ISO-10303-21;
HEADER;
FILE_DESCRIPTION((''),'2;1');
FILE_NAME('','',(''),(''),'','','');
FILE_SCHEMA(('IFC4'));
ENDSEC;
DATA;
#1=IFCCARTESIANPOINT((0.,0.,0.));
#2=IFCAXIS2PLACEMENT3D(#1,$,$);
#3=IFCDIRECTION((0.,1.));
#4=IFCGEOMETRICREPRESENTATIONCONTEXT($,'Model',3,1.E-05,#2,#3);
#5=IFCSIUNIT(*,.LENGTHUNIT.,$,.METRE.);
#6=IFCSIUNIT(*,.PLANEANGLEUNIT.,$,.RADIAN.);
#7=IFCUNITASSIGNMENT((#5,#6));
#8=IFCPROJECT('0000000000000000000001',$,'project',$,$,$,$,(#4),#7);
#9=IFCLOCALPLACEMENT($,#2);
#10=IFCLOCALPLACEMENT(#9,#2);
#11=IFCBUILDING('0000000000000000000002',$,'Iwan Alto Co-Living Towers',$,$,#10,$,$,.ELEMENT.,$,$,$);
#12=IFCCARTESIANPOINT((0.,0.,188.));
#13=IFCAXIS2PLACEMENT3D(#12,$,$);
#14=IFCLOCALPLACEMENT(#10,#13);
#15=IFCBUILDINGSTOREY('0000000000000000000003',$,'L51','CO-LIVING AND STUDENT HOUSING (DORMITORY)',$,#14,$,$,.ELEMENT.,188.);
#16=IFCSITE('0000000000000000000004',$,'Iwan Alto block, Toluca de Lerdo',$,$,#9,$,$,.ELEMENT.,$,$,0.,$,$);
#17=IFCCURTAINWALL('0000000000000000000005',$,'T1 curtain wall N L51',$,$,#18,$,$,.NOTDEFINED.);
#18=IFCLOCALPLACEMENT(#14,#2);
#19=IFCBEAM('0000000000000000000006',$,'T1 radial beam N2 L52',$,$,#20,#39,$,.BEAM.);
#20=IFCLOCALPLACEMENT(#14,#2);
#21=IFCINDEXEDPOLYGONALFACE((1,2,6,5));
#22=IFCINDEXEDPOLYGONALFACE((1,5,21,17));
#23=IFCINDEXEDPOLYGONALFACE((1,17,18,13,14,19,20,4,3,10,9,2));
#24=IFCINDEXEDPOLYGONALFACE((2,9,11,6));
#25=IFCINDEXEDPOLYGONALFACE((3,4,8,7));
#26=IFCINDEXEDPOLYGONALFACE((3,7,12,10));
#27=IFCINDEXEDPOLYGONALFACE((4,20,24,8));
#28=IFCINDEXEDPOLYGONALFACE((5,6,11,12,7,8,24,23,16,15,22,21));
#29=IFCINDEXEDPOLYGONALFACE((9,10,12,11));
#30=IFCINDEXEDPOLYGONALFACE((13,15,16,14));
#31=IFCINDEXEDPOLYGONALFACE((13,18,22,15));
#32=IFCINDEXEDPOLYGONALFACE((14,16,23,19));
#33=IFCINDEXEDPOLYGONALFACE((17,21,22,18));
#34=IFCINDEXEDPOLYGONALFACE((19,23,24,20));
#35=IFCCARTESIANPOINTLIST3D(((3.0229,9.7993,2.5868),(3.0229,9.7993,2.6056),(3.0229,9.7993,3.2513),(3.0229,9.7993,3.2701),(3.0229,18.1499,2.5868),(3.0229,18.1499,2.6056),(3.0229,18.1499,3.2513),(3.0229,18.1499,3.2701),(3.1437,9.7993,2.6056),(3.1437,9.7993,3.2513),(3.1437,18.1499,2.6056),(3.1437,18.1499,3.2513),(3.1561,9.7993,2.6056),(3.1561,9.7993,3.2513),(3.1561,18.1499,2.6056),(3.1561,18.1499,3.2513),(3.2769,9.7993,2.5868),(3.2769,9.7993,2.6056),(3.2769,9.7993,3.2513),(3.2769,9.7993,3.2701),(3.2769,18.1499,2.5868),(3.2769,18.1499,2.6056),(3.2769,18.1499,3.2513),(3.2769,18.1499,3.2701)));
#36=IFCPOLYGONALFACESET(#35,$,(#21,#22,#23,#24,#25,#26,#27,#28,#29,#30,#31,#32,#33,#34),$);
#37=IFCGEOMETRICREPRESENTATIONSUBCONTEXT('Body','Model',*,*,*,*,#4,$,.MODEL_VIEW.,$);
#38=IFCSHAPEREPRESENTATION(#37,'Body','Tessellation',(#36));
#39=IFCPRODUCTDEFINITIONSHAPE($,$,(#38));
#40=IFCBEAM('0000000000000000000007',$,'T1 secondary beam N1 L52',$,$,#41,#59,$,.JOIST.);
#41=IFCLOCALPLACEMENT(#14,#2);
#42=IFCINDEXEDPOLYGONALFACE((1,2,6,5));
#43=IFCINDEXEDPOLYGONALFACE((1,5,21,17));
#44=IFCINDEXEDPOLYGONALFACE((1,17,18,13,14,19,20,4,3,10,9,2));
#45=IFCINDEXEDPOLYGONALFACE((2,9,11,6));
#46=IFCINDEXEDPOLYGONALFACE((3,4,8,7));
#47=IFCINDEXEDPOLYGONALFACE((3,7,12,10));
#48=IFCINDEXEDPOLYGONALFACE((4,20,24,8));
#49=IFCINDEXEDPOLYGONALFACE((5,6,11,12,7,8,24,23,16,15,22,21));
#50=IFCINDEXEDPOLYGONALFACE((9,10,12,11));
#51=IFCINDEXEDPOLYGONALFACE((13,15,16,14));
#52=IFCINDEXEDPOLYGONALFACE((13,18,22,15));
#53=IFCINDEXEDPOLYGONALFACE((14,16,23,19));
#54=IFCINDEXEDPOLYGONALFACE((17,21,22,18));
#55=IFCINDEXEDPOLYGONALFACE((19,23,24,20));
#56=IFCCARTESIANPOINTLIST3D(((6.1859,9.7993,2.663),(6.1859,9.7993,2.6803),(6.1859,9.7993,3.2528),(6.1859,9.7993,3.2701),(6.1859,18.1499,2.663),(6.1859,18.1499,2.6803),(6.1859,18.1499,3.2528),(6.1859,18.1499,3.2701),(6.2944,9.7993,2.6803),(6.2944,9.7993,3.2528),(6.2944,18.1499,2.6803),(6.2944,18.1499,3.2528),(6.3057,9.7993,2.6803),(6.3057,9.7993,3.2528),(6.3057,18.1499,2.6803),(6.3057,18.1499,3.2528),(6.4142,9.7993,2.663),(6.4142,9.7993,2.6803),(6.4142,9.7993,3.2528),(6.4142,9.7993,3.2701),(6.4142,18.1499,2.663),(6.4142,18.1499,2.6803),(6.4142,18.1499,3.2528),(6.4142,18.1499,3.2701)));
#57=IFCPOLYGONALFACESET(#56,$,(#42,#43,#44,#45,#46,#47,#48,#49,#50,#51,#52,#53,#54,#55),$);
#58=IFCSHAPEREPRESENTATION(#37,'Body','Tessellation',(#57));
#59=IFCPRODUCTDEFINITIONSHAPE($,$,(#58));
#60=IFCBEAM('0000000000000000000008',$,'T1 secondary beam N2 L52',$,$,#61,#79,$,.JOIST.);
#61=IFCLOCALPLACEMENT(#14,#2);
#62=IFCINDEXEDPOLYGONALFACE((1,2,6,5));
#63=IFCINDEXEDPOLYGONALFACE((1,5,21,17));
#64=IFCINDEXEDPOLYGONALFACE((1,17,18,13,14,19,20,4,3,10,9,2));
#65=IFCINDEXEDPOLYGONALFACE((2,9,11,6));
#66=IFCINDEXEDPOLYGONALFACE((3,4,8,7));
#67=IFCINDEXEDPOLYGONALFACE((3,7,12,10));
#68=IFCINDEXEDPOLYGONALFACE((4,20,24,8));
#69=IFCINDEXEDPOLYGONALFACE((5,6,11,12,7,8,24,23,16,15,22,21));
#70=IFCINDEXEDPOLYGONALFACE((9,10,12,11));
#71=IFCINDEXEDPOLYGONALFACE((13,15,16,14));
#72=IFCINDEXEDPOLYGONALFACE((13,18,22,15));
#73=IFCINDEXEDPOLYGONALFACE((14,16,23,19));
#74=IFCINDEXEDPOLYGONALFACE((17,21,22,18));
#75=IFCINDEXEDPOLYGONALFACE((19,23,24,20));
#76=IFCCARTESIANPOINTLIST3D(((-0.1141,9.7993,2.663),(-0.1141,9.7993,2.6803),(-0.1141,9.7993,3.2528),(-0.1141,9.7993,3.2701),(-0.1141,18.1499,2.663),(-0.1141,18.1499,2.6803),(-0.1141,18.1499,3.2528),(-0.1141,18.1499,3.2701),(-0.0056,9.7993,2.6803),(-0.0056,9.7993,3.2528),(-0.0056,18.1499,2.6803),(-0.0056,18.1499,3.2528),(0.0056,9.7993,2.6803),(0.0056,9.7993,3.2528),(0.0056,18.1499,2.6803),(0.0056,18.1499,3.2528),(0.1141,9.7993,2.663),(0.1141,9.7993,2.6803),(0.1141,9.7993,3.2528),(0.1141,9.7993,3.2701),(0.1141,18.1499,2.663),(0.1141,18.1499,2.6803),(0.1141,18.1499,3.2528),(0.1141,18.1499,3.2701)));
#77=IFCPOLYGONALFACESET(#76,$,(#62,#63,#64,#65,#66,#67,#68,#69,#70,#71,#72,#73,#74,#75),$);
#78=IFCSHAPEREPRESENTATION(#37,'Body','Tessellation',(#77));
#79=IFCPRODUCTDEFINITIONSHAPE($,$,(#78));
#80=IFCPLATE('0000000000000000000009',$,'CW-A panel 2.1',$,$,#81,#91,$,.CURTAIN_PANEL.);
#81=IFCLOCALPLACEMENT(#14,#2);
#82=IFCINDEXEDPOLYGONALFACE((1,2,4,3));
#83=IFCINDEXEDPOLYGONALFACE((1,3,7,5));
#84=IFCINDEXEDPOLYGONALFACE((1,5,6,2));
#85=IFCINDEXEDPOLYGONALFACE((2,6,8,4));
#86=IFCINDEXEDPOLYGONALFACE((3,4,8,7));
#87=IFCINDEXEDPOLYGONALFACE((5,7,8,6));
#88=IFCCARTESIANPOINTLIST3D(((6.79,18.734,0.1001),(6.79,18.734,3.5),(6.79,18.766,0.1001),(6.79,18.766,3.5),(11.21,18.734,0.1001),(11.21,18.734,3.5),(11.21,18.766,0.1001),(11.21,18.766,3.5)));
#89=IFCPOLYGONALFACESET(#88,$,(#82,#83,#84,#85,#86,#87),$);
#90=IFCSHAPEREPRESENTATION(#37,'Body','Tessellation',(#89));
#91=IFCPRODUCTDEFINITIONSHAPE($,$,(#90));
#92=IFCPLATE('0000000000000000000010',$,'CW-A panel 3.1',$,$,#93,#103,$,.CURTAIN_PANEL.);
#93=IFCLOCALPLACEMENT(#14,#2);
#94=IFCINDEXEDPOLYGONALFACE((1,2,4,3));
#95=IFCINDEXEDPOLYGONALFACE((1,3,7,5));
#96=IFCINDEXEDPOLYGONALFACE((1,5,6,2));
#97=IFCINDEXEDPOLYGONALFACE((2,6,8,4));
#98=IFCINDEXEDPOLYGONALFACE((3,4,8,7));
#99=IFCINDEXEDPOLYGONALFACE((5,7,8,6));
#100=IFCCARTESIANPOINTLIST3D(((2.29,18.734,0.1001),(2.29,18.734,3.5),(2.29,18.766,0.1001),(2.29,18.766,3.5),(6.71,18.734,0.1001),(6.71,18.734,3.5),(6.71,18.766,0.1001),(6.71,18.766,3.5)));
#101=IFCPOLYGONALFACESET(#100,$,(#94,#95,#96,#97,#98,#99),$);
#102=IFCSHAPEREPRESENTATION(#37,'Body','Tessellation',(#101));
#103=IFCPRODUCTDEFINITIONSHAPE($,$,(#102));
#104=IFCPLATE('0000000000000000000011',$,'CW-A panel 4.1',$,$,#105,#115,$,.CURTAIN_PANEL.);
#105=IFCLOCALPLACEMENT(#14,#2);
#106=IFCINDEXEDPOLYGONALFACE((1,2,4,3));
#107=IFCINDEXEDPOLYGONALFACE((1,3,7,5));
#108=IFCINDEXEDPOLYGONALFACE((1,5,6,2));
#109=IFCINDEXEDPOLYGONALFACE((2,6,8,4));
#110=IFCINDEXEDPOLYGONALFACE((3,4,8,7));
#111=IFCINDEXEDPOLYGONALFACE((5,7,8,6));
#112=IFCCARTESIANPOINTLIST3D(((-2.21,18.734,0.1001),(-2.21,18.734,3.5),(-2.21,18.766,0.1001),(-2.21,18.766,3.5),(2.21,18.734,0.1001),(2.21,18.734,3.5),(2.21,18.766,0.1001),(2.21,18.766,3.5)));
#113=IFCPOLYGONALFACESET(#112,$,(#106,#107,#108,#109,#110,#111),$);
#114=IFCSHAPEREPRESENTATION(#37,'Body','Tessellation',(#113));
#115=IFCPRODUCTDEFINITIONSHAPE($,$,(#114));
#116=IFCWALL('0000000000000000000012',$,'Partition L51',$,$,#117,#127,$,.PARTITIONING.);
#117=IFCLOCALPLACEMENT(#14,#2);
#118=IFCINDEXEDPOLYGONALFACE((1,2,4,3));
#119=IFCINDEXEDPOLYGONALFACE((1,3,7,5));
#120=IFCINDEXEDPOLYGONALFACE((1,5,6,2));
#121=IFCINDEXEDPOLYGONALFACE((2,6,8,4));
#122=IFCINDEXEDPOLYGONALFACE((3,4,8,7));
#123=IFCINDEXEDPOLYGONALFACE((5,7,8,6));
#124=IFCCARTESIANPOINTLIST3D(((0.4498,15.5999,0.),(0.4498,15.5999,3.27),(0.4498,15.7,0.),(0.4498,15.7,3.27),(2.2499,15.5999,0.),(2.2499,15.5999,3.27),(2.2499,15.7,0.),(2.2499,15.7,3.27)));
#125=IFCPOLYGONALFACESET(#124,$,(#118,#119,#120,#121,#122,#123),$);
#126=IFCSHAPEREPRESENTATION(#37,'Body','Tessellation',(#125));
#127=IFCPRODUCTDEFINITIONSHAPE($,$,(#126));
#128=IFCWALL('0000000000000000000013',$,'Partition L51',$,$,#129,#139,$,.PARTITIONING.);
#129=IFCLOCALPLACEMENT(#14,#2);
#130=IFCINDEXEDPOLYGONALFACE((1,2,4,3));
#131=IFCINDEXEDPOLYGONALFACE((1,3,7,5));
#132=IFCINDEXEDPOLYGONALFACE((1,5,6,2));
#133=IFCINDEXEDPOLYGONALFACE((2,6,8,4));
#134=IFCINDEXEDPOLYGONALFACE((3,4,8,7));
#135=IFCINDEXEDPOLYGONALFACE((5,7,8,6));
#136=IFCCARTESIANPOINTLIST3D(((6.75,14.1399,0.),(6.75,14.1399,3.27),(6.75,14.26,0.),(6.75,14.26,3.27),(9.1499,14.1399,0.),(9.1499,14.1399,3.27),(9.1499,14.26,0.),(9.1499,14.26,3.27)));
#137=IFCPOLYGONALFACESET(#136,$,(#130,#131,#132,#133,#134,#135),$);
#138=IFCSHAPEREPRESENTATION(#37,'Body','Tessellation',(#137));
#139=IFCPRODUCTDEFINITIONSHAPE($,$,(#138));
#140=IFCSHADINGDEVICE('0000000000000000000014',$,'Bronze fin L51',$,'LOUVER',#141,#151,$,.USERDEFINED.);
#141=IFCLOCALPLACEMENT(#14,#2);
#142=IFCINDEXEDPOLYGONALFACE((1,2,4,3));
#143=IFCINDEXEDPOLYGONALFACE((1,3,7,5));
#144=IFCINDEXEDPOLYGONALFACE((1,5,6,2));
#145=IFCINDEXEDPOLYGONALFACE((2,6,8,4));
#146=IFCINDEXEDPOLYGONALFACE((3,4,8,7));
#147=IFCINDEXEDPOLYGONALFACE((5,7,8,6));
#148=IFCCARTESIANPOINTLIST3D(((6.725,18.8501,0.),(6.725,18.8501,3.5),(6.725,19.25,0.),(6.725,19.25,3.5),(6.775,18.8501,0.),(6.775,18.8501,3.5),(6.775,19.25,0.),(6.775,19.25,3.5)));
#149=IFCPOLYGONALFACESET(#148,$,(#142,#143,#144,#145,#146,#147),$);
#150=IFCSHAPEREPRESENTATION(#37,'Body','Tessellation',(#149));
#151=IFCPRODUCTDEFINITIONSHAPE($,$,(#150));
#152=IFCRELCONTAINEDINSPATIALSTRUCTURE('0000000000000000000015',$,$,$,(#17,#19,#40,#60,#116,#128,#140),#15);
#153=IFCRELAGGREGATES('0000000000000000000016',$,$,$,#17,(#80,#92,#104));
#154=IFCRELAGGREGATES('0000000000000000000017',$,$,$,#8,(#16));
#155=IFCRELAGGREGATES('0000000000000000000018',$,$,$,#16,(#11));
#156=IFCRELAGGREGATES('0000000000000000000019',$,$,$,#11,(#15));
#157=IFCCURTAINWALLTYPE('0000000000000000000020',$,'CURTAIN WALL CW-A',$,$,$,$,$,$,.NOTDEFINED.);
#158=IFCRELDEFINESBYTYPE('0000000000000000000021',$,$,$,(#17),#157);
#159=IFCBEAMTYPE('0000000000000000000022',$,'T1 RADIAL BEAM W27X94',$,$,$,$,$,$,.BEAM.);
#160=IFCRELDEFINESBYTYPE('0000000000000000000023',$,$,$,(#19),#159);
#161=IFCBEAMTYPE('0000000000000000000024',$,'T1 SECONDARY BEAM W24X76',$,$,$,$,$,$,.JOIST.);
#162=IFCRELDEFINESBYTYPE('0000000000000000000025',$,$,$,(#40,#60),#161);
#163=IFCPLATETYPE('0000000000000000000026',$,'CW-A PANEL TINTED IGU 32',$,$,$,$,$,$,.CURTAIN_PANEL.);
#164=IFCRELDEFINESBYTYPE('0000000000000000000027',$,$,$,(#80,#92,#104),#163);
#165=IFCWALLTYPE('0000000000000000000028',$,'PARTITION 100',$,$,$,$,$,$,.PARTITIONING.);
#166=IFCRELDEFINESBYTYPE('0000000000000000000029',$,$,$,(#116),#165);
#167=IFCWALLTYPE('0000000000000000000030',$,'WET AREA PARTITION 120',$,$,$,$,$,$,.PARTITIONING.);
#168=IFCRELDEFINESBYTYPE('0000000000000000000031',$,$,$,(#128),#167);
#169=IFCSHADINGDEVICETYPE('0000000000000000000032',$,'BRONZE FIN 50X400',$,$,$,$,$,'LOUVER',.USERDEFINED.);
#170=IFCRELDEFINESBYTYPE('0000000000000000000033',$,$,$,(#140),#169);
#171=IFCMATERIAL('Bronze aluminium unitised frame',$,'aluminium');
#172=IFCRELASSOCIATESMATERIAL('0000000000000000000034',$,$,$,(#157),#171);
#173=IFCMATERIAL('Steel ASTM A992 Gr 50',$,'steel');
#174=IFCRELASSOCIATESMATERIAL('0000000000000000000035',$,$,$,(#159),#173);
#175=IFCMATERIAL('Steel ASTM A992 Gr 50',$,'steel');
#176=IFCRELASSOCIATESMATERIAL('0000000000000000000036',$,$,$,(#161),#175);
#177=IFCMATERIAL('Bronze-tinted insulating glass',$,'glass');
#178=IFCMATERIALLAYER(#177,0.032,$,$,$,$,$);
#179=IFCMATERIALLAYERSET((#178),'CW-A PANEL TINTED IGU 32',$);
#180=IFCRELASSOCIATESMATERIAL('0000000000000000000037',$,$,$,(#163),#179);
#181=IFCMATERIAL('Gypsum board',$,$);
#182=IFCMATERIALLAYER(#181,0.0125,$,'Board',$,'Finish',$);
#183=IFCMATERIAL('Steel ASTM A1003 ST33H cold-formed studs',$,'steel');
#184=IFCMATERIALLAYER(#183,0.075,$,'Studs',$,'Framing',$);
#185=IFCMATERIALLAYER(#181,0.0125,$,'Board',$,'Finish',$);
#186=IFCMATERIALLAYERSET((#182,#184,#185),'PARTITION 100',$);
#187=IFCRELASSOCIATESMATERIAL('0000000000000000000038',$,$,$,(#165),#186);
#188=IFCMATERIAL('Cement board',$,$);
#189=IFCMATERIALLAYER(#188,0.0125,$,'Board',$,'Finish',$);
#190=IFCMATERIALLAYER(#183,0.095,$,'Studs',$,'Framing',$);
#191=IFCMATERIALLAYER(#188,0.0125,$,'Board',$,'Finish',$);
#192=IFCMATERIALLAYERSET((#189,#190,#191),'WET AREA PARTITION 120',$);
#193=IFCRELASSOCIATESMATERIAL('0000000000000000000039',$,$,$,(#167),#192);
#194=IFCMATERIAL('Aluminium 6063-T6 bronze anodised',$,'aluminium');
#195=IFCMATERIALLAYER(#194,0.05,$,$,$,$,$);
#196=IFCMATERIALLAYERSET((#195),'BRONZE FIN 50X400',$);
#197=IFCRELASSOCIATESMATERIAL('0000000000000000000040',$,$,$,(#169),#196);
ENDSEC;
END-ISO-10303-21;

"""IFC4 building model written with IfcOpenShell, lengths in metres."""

from ifc_helpers import new_model, si_unit, direction, frame, frame_2d, origin, origin_2d, place, context, subcontext, project, spatial, rectangle, i_section, extrude, material, layer, layer_set, material_profile, profile_set, type_object, element, aggregate, save


model = new_model("IFC4")

# Units and contexts
model_context = context("Model", 3, precision=1e-05, world=origin(), true_north=direction((0.0, 1.0)))
body_context = subcontext(model_context, "Body", "Model", "MODEL_VIEW")
ifc_project = project(units=[si_unit("LENGTHUNIT", "METRE"), si_unit("PLANEANGLEUNIT", "RADIAN")], contexts=[model_context])

# Site, building, storey
site_placement = place(None, origin())
site = spatial("IfcSite", under=ifc_project, at=site_placement, Name="Iwan Alto block, Toluca de Lerdo", CompositionType="ELEMENT", RefElevation=0.0)
building_placement = place(site_placement, origin())
building = spatial("IfcBuilding", under=site, at=building_placement, Name="Iwan Alto Co-Living Towers", CompositionType="ELEMENT")
storey_placement = place(building_placement, frame((0.0, 0.0, 188.0)))
storey = spatial("IfcBuildingStorey", under=building, at=storey_placement, Name="L51", Description="CO-LIVING AND STUDENT HOUSING (DORMITORY)", CompositionType="ELEMENT", Elevation=188.0)

# Curtain wall
ifc_material_1 = material(Name="Bronze aluminium unitised frame", Category="aluminium")
curtain_wall_type = type_object("IfcCurtainWallType", Name="CURTAIN WALL CW-A", PredefinedType="NOTDEFINED", material=ifc_material_1)
curtain_wall_placement = place(storey_placement, origin())
curtain_wall = element("IfcCurtainWall", 1, at=curtain_wall_placement, inside=storey, type_object=curtain_wall_type, Name="T1 curtain wall N L51", PredefinedType="NOTDEFINED")

# Beams
ifc_material_2 = material(Name="Steel ASTM A992 Gr 50", Category="steel")
ifc_material_profile_1 = material_profile(ifc_material_2, i_section(OverallWidth=0.2539, OverallDepth=0.6833, WebThickness=0.0125, FlangeThickness=0.0188, at=origin_2d()), Name="W27X94")
ifc_profile_set_1 = profile_set([ifc_material_profile_1], Name="Steel ASTM A992 Gr 50")
beam_type_1 = type_object("IfcBeamType", Name="T1 RADIAL BEAM W27X94", PredefinedType="BEAM", material=ifc_profile_set_1)
for number, where, z_axis, x_axis, name in (
    (2, (3.1499, 18.1499, 2.9285), (0.0, -1.0, 0.0), (1.0, 0.0, 0.0), "T1 radial beam N2 L52"),
):
    element("IfcBeam", number, at=place(storey_placement, frame(where, z_axis=z_axis, x_axis=x_axis)), inside=storey, type_object=beam_type_1, Name=name, PredefinedType="BEAM", context=body_context, shape_type="SweptSolid", body=[
        extrude(i_section(OverallWidth=0.2539, OverallDepth=0.6833, WebThickness=0.0125, FlangeThickness=0.0188, at=origin_2d()), origin(), (0.0, 0.0, 1.0), 8.3506),
    ])
ifc_material_3 = material(Name="Steel ASTM A992 Gr 50", Category="steel")
ifc_material_profile_2 = material_profile(ifc_material_3, i_section(OverallWidth=0.2283, OverallDepth=0.6072, WebThickness=0.0112, FlangeThickness=0.0173, at=origin_2d()), Name="W24X76")
ifc_profile_set_2 = profile_set([ifc_material_profile_2], Name="Steel ASTM A992 Gr 50")
beam_type_2 = type_object("IfcBeamType", Name="T1 SECONDARY BEAM W24X76", PredefinedType="JOIST", material=ifc_profile_set_2)
for number, where, z_axis, x_axis, name in (
    (3, (6.3, 18.1499, 2.9666), (0.0, -1.0, 0.0), (1.0, 0.0, 0.0), "T1 secondary beam N1 L52"),
    (4, (0.0, 18.1499, 2.9666), (0.0, -1.0, 0.0), (1.0, 0.0, 0.0), "T1 secondary beam N2 L52"),
):
    element("IfcBeam", number, at=place(storey_placement, frame(where, z_axis=z_axis, x_axis=x_axis)), inside=storey, type_object=beam_type_2, Name=name, PredefinedType="JOIST", context=body_context, shape_type="SweptSolid", body=[
        extrude(i_section(OverallWidth=0.2283, OverallDepth=0.6072, WebThickness=0.0112, FlangeThickness=0.0173, at=origin_2d()), origin(), (0.0, 0.0, 1.0), 8.3506),
    ])

# Plates
ifc_material_4 = material(Name="Bronze-tinted insulating glass", Category="glass")
ifc_layer_1 = layer(ifc_material_4, 0.032)
ifc_layer_set_1 = layer_set([ifc_layer_1], Name="CW-A PANEL TINTED IGU 32")
plate_type = type_object("IfcPlateType", Name="CW-A PANEL TINTED IGU 32", PredefinedType="CURTAIN_PANEL", material=ifc_layer_set_1)
plate_1_placement = place(storey_placement, frame((9.0, 18.75, 0.1001), z_axis=(0.0, 0.0, 1.0), x_axis=(-1.0, 0.0, 0.0)))
plate_1 = element("IfcPlate", 5, at=plate_1_placement, type_object=plate_type, Name="CW-A panel 2.1", PredefinedType="CURTAIN_PANEL", context=body_context, shape_type="SweptSolid", body=[
    extrude(rectangle(XDim=4.4199, YDim=0.032, at=origin_2d()), origin(), (0.0, 0.0, 1.0), 3.3999),
])
plate_2_placement = place(storey_placement, frame((4.5, 18.75, 0.1001), z_axis=(0.0, 0.0, 1.0), x_axis=(-1.0, 0.0, 0.0)))
plate_2 = element("IfcPlate", 6, at=plate_2_placement, type_object=plate_type, Name="CW-A panel 3.1", PredefinedType="CURTAIN_PANEL", context=body_context, shape_type="SweptSolid", body=[
    extrude(rectangle(XDim=4.4199, YDim=0.032, at=origin_2d()), origin(), (0.0, 0.0, 1.0), 3.3999),
])
plate_3_placement = place(storey_placement, frame((0.0, 18.75, 0.1001), z_axis=(0.0, 0.0, 1.0), x_axis=(-1.0, 0.0, 0.0)))
plate_3 = element("IfcPlate", 7, at=plate_3_placement, type_object=plate_type, Name="CW-A panel 4.1", PredefinedType="CURTAIN_PANEL", context=body_context, shape_type="SweptSolid", body=[
    extrude(rectangle(XDim=4.4199, YDim=0.032, at=origin_2d()), origin(), (0.0, 0.0, 1.0), 3.3999),
])
aggregate(curtain_wall, [plate_1, plate_2, plate_3])

# Walls
ifc_material_5 = material(Name="Gypsum board")
ifc_layer_2 = layer(ifc_material_5, 0.0125, Name="Board", Category="Finish")
ifc_material_6 = material(Name="Steel ASTM A1003 ST33H cold-formed studs", Category="steel")
ifc_layer_3 = layer(ifc_material_6, 0.075, Name="Studs", Category="Framing")
ifc_layer_4 = layer(ifc_material_5, 0.0125, Name="Board", Category="Finish")
ifc_layer_set_2 = layer_set([ifc_layer_2, ifc_layer_3, ifc_layer_4], Name="PARTITION 100")
wall_type_1 = type_object("IfcWallType", Name="PARTITION 100", PredefinedType="PARTITIONING", material=ifc_layer_set_2)
wall_1_placement = place(storey_placement, frame((0.45, 15.6499, 0.0), z_axis=(0.0, 0.0, 1.0), x_axis=(1.0, 0.0, 0.0)))
element("IfcWall", 8, at=wall_1_placement, inside=storey, type_object=wall_type_1, Name="Partition L51", PredefinedType="PARTITIONING", context=body_context, shape_type="SweptSolid", body=[
    extrude(rectangle(XDim=1.8, YDim=0.1001, at=frame_2d((0.8999, 0.0))), origin(), (0.0, 0.0, 1.0), 3.27),
])
ifc_material_7 = material(Name="Cement board")
ifc_layer_5 = layer(ifc_material_7, 0.0125, Name="Board", Category="Finish")
ifc_layer_6 = layer(ifc_material_6, 0.095, Name="Studs", Category="Framing")
ifc_layer_7 = layer(ifc_material_7, 0.0125, Name="Board", Category="Finish")
ifc_layer_set_3 = layer_set([ifc_layer_5, ifc_layer_6, ifc_layer_7], Name="WET AREA PARTITION 120")
wall_type_2 = type_object("IfcWallType", Name="WET AREA PARTITION 120", PredefinedType="PARTITIONING", material=ifc_layer_set_3)
wall_2_placement = place(storey_placement, frame((6.75, 14.2, 0.0), z_axis=(0.0, 0.0, 1.0), x_axis=(1.0, 0.0, 0.0)))
element("IfcWall", 9, at=wall_2_placement, inside=storey, type_object=wall_type_2, Name="Partition L51", PredefinedType="PARTITIONING", context=body_context, shape_type="SweptSolid", body=[
    extrude(rectangle(XDim=2.3999, YDim=0.1201, at=frame_2d((1.2, 0.0))), origin(), (0.0, 0.0, 1.0), 3.27),
])

# Shading device
ifc_material_8 = material(Name="Aluminium 6063-T6 bronze anodised", Category="aluminium")
ifc_layer_8 = layer(ifc_material_8, 0.05)
ifc_layer_set_4 = layer_set([ifc_layer_8], Name="BRONZE FIN 50X400")
shading_device_type = type_object("IfcShadingDeviceType", Name="BRONZE FIN 50X400", ElementType="LOUVER", PredefinedType="USERDEFINED", material=ifc_layer_set_4)
shading_device_placement = place(storey_placement, frame((6.75, 19.05, 0.0), z_axis=(0.0, 0.0, 1.0), x_axis=(-1.0, 0.0, 0.0)))
element("IfcShadingDevice", 10, at=shading_device_placement, inside=storey, type_object=shading_device_type, Name="Bronze fin L51", ObjectType="LOUVER", PredefinedType="USERDEFINED", context=body_context, shape_type="SweptSolid", body=[
    extrude(rectangle(XDim=0.05, YDim=0.3999, at=origin_2d()), origin(), (0.0, 0.0, 1.0), 3.5),
])

save(model, "model.ifc")
